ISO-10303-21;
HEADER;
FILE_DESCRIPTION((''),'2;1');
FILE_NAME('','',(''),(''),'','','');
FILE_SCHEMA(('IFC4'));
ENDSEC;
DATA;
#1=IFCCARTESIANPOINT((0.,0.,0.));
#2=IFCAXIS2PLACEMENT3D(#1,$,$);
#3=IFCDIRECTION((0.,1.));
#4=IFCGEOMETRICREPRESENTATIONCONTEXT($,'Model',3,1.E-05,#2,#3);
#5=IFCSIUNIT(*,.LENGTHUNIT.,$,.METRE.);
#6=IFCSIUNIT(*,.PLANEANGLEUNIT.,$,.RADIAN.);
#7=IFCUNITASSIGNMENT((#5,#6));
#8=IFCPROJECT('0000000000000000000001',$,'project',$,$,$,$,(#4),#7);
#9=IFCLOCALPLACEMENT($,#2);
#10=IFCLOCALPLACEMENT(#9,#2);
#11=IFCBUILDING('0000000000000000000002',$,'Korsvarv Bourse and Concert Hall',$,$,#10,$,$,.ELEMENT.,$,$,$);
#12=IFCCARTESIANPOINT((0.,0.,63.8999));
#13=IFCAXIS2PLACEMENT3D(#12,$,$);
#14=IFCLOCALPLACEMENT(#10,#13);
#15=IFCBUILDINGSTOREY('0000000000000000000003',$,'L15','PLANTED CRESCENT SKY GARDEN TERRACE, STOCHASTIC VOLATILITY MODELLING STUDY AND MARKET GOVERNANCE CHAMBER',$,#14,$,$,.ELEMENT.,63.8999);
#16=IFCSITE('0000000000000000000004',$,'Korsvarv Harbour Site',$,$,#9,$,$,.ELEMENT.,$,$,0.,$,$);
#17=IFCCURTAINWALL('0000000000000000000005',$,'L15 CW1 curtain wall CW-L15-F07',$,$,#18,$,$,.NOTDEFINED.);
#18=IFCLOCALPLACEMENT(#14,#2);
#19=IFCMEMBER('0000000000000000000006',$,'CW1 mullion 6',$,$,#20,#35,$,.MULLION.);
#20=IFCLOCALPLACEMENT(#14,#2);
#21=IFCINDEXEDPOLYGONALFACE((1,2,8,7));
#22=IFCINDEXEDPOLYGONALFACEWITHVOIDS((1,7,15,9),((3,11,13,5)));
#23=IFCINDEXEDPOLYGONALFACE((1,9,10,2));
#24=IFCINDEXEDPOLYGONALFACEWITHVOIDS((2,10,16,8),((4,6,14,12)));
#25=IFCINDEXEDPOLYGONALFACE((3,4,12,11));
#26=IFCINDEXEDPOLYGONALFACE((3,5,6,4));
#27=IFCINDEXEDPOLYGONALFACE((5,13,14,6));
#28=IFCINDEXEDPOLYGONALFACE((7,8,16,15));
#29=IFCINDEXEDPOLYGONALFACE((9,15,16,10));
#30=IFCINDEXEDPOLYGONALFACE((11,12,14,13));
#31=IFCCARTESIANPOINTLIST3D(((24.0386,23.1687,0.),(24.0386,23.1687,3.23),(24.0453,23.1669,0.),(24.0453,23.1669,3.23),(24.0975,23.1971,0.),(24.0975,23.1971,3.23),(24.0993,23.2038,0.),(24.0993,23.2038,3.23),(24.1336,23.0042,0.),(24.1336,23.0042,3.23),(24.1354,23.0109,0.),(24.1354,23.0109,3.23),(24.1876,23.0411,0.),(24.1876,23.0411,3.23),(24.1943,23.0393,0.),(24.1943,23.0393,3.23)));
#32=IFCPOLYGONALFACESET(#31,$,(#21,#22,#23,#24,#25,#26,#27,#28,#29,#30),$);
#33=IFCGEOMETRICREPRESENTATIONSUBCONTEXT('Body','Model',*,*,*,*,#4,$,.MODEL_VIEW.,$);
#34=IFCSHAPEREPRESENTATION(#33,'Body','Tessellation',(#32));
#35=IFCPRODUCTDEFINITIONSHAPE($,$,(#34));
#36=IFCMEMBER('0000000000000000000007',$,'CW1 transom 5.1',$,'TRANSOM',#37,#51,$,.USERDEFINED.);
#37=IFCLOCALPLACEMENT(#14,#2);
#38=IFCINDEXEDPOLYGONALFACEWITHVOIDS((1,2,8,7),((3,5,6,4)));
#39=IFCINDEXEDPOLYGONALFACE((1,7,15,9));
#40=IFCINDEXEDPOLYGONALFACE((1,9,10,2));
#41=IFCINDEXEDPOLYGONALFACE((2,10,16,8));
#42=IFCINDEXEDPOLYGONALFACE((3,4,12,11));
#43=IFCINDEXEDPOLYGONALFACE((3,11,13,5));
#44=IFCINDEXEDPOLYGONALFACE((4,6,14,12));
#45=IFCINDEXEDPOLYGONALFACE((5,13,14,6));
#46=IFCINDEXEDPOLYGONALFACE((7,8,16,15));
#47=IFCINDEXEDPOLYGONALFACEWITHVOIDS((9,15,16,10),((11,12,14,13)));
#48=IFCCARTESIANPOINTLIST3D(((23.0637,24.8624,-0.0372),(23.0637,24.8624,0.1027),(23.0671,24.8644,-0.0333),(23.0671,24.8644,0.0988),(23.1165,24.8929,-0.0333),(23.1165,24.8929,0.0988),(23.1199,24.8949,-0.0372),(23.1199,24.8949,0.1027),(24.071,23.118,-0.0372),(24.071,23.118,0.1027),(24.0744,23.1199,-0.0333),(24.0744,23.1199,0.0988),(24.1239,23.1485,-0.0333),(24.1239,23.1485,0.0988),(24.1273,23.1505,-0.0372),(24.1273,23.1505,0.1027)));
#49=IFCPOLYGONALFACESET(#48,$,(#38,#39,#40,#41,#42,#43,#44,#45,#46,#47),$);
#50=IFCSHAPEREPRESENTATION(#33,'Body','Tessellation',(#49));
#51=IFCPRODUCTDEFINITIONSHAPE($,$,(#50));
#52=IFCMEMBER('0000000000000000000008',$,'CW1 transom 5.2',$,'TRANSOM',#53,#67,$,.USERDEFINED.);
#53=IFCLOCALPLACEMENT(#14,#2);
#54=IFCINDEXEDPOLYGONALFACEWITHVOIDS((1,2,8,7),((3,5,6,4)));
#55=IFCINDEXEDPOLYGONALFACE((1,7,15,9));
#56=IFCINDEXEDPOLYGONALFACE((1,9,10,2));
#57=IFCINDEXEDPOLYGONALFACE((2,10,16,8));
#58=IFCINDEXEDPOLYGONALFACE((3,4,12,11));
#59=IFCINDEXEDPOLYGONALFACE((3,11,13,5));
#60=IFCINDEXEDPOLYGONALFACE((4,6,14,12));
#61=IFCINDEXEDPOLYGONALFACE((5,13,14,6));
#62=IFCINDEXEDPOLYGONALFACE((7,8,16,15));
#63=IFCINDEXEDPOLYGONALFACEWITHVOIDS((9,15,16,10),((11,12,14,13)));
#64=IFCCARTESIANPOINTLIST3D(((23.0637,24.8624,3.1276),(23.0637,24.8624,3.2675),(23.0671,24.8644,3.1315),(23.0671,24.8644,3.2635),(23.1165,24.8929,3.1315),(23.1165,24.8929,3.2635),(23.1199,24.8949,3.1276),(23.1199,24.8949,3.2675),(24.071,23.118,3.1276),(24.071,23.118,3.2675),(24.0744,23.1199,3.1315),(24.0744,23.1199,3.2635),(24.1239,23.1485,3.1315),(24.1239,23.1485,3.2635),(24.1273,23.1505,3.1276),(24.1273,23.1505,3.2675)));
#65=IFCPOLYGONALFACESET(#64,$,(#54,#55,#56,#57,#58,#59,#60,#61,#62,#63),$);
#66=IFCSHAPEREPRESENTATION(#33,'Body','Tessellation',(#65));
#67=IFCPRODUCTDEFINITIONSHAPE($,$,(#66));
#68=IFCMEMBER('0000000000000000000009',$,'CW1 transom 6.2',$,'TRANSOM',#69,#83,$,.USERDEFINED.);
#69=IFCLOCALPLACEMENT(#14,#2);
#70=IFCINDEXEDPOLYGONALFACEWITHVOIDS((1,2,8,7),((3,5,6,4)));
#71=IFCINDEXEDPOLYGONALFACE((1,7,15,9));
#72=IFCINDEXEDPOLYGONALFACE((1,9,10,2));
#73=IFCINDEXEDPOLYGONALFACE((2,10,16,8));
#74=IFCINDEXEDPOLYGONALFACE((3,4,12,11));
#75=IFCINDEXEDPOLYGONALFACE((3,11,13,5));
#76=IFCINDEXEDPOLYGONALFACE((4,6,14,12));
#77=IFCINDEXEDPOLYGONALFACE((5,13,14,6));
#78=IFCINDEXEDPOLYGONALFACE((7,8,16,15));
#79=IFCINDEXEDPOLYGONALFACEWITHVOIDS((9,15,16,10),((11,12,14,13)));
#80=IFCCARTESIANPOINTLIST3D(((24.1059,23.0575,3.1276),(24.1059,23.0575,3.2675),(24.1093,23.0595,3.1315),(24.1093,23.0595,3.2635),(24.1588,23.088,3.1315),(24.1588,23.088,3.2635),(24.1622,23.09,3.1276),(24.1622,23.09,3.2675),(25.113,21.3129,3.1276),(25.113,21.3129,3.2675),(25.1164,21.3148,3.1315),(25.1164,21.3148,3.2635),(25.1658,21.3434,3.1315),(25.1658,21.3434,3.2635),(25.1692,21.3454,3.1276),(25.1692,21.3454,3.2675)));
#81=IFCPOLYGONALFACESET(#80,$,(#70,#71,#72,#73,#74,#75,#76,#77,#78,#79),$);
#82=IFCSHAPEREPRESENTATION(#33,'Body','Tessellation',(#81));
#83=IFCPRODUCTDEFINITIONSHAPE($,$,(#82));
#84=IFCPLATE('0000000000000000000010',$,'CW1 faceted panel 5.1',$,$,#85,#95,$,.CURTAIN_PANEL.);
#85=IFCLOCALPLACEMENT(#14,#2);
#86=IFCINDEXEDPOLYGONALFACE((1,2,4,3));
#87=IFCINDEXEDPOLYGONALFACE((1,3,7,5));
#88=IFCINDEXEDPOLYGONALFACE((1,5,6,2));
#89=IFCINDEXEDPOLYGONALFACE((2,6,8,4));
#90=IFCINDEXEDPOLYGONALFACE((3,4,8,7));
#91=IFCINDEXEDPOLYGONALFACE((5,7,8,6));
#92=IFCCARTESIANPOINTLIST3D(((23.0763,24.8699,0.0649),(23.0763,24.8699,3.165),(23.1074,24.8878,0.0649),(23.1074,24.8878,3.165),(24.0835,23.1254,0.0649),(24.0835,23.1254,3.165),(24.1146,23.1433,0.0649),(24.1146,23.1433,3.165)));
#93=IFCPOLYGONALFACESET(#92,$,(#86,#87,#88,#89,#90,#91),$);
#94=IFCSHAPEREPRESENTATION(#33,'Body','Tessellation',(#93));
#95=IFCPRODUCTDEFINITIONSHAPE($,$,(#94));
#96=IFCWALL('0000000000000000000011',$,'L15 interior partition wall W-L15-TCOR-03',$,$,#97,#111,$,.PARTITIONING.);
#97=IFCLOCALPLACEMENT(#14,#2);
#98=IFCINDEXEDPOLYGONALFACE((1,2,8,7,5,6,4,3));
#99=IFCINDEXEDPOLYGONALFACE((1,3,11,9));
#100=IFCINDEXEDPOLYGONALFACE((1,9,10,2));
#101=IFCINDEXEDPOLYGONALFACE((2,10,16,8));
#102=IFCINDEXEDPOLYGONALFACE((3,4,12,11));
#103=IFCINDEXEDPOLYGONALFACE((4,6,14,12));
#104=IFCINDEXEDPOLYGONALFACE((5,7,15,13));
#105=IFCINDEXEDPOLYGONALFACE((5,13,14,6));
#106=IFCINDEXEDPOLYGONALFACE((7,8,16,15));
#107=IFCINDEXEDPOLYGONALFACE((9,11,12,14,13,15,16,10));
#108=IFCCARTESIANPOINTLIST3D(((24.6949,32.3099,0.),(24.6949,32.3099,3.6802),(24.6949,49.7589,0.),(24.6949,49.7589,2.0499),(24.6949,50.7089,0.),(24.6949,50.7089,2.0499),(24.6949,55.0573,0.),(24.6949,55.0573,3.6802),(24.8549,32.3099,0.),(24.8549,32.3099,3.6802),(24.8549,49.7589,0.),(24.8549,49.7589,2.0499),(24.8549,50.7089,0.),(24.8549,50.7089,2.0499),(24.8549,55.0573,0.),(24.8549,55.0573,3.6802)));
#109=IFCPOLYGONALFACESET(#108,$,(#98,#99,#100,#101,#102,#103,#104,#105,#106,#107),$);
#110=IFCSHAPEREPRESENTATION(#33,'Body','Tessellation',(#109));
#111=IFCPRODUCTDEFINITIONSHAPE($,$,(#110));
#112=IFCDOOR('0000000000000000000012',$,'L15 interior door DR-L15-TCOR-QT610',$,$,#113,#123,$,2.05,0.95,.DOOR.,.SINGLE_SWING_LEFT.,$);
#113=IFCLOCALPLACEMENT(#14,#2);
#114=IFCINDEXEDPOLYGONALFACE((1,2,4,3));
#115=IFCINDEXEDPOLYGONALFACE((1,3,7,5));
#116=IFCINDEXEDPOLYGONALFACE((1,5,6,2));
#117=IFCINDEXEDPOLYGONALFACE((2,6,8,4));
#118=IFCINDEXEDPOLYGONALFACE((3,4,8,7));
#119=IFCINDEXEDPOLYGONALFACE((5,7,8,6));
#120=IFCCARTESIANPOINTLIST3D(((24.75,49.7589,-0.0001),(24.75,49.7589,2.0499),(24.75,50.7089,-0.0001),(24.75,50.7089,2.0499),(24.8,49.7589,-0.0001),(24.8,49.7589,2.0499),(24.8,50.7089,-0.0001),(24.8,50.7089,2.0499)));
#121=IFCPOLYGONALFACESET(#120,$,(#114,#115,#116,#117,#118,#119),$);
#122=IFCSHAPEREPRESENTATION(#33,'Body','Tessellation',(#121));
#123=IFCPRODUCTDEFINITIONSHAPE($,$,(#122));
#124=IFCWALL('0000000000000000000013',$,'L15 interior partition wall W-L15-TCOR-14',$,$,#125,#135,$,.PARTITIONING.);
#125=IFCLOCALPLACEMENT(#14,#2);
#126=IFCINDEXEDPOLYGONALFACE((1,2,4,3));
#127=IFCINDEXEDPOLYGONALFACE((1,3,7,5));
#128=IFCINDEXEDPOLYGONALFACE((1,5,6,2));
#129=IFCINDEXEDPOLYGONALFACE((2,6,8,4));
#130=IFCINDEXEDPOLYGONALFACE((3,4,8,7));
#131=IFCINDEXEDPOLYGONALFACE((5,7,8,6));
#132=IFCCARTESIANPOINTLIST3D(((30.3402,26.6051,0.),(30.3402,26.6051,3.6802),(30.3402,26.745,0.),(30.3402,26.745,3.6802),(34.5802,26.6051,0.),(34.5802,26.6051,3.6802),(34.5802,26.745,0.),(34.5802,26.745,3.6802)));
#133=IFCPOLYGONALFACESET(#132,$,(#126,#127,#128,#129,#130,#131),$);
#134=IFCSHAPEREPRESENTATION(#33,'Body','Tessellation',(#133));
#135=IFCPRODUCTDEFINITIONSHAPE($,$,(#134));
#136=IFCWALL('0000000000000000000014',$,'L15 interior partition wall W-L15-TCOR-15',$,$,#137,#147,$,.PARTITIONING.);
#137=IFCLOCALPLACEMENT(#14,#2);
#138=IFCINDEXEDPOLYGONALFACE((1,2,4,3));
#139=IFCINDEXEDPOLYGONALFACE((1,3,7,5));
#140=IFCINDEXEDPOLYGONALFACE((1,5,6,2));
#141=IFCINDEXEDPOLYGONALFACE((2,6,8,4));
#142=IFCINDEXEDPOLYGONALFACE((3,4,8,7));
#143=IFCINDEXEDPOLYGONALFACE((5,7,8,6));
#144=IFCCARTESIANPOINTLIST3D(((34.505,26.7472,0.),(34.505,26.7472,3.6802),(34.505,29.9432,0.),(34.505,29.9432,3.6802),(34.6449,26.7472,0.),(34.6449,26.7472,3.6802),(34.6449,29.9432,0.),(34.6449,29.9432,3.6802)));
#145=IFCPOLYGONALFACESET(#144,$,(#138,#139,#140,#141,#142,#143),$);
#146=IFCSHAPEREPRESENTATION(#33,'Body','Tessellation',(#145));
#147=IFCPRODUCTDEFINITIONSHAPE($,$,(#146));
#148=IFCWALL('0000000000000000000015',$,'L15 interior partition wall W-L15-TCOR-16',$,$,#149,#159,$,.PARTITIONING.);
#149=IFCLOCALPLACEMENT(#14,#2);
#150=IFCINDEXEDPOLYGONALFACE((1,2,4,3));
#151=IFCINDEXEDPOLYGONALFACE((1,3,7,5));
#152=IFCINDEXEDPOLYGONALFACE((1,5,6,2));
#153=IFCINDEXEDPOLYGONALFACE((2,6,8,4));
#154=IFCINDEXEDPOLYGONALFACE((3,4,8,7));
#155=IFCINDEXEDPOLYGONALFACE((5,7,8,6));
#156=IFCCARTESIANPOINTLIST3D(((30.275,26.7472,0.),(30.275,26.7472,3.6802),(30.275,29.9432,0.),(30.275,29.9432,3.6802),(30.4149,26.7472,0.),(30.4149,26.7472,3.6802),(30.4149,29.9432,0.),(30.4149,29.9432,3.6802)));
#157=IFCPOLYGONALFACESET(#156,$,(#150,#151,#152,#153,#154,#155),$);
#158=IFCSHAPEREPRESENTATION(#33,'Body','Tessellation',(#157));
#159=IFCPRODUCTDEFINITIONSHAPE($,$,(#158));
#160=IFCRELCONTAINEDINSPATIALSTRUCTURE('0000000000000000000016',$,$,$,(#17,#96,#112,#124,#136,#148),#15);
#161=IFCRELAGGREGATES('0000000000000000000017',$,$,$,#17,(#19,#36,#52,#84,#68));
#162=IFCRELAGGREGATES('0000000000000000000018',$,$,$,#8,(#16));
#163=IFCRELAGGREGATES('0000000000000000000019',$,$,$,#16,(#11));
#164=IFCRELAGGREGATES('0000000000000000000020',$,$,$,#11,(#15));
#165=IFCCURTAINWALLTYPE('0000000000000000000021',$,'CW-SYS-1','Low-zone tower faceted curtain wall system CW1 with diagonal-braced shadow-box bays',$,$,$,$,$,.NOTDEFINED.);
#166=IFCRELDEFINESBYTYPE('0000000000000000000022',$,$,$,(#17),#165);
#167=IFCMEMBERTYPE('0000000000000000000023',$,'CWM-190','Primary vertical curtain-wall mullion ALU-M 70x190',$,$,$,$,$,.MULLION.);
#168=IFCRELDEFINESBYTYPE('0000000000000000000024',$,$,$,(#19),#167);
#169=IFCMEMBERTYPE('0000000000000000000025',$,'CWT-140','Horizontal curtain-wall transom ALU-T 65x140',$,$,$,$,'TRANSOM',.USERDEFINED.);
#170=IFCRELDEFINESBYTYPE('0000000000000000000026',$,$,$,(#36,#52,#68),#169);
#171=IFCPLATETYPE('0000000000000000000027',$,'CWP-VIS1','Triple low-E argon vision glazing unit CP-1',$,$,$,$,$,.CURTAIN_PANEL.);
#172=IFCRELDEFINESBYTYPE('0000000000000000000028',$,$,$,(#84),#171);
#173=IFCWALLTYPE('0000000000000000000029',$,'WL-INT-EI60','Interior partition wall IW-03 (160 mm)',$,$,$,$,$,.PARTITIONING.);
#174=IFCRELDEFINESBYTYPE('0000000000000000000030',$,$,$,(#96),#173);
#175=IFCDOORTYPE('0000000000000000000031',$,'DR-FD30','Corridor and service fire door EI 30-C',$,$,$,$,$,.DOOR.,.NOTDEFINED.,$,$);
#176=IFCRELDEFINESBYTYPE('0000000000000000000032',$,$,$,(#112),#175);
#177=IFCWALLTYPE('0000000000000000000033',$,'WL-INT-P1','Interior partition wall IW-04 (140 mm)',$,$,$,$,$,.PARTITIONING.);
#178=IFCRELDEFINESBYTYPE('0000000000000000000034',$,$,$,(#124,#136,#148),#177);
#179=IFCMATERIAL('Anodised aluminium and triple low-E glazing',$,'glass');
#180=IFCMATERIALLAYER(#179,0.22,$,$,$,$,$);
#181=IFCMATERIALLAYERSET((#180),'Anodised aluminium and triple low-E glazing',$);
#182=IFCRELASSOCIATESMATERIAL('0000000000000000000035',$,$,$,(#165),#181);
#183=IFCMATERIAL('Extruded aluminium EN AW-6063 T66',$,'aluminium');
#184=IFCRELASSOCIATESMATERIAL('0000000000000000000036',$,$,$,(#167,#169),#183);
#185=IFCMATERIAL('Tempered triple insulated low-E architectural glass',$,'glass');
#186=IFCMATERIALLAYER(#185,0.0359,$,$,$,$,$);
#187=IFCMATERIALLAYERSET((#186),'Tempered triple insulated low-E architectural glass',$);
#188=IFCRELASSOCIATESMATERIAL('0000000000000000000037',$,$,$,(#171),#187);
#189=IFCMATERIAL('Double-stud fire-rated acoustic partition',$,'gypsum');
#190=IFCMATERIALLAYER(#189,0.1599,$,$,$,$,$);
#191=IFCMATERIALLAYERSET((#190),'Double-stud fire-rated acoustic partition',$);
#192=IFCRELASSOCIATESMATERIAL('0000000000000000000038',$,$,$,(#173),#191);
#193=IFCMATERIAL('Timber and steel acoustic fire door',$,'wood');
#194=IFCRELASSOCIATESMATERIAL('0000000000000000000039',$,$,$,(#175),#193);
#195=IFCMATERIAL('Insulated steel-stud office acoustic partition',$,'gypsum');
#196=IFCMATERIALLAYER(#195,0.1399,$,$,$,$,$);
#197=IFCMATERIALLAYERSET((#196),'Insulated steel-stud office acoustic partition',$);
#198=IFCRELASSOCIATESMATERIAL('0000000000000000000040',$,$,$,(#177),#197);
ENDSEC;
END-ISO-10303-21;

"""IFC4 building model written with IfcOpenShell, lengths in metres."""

from ifc_helpers import new_model, si_unit, direction, frame, frame_2d, origin, origin_2d, place, context, subcontext, project, spatial, rectangle, hollow_rectangle, extrude, source, transform, mapped, material, layer, layer_set, material_profile, profile_set, type_object, element, fill, aggregate, save


model = new_model("IFC4")

# Units and contexts
model_context = context("Model", 3, precision=1e-05, world=origin(), true_north=direction((0.0, 1.0)))
body_context = subcontext(model_context, "Body", "Model", "MODEL_VIEW")
ifc_project = project(units=[si_unit("LENGTHUNIT", "METRE"), si_unit("PLANEANGLEUNIT", "RADIAN")], contexts=[model_context])

# Site, building, storey
site_placement = place(None, origin())
site = spatial("IfcSite", under=ifc_project, at=site_placement, Name="Korsvarv Harbour Site", CompositionType="ELEMENT", RefElevation=0.0)
building_placement = place(site_placement, origin())
building = spatial("IfcBuilding", under=site, at=building_placement, Name="Korsvarv Bourse and Concert Hall", CompositionType="ELEMENT")
storey_placement = place(building_placement, frame((0.0, 0.0, 63.8999)))
storey = spatial("IfcBuildingStorey", under=building, at=storey_placement, Name="L15", Description="PLANTED CRESCENT SKY GARDEN TERRACE, STOCHASTIC VOLATILITY MODELLING STUDY AND MARKET GOVERNANCE CHAMBER", CompositionType="ELEMENT", Elevation=63.8999)

# Curtain wall, members, plate
ifc_material_1 = material(Name="Anodised aluminium and triple low-E glazing", Category="glass")
ifc_layer_1 = layer(ifc_material_1, 0.22)
ifc_layer_set_1 = layer_set([ifc_layer_1], Name="Anodised aluminium and triple low-E glazing")
curtain_wall_type = type_object("IfcCurtainWallType", Name="CW-SYS-1", Description="Low-zone tower faceted curtain wall system CW1 with diagonal-braced shadow-box bays", PredefinedType="NOTDEFINED", material=ifc_layer_set_1)
curtain_wall_placement = place(storey_placement, origin())
curtain_wall = element("IfcCurtainWall", 1, at=curtain_wall_placement, inside=storey, type_object=curtain_wall_type, Name="L15 CW1 curtain wall CW-L15-F07", PredefinedType="NOTDEFINED")
ifc_material_2 = material(Name="Extruded aluminium EN AW-6063 T66", Category="aluminium")
ifc_material_profile_1 = material_profile(ifc_material_2, hollow_rectangle(XDim=0.0701, YDim=0.1899, WallThickness=0.0049, at=origin_2d()), Name="ALU-M 70x190")
ifc_profile_set_1 = profile_set([ifc_material_profile_1], Name="Extruded aluminium EN AW-6063 T66")
member_type_1 = type_object("IfcMemberType", Name="CWM-190", Description="Primary vertical curtain-wall mullion ALU-M 70x190", PredefinedType="MULLION", material=ifc_profile_set_1)
shared_shape_1 = source(origin(), body_context, "Body", "SweptSolid", [
    extrude(hollow_rectangle(XDim=0.0701, YDim=0.1899, WallThickness=0.0049, at=origin_2d()), origin(), (0.0, 0.0, 1.0), 3.23),
])
member_1_placement = place(storey_placement, frame((24.1165, 23.104, 0.0), z_axis=(0.0, 0.0, 1.0), x_axis=(0.866022, 0.500006, 0.0)))
member_1 = element("IfcMember", 2, at=member_1_placement, type_object=member_type_1, Name="CW1 mullion 6", PredefinedType="MULLION", context=body_context, shape_type="MappedRepresentation", body=[
    mapped(shared_shape_1, transform((0.0, 0.0, 0.0), scale=1.0)),
])
ifc_material_profile_2 = material_profile(ifc_material_2, hollow_rectangle(XDim=0.0649, YDim=0.1399, WallThickness=0.0039, at=origin_2d()), Name="ALU-T 65x140")
ifc_profile_set_2 = profile_set([ifc_material_profile_2], Name="Extruded aluminium EN AW-6063 T66")
member_type_2 = type_object("IfcMemberType", Name="CWT-140", Description="Horizontal curtain-wall transom ALU-T 65x140", ElementType="TRANSOM", PredefinedType="USERDEFINED", material=ifc_profile_set_2)
shared_shape_2 = source(origin(), body_context, "Body", "SweptSolid", [
    extrude(hollow_rectangle(XDim=0.0649, YDim=0.1399, WallThickness=0.0039, at=origin_2d()), origin(), (0.0, 0.0, 1.0), 2.0144),
])
member_2_placement = place(storey_placement, frame((23.0918, 24.8787, 0.0327), z_axis=(0.500076, -0.865982, 0.0), x_axis=(0.865982, 0.500076, 0.0)))
member_2 = element("IfcMember", 3, at=member_2_placement, type_object=member_type_2, Name="CW1 transom 5.1", ObjectType="TRANSOM", PredefinedType="USERDEFINED", context=body_context, shape_type="MappedRepresentation", body=[
    mapped(shared_shape_2, transform((0.0, 0.0, 0.0), scale=1.0)),
])
member_3_placement = place(storey_placement, frame((23.0918, 24.8787, 3.1975), z_axis=(0.500076, -0.865982, 0.0), x_axis=(0.865982, 0.500076, 0.0)))
member_3 = element("IfcMember", 4, at=member_3_placement, type_object=member_type_2, Name="CW1 transom 5.2", ObjectType="TRANSOM", PredefinedType="USERDEFINED", context=body_context, shape_type="MappedRepresentation", body=[
    mapped(shared_shape_2, transform((0.0, 0.0, 0.0), scale=1.0)),
])
member_4_placement = place(storey_placement, frame((24.134, 23.0737, 3.1975), z_axis=(0.499932, -0.866064, 0.0), x_axis=(0.866064, 0.499932, 0.0)))
member_4 = element("IfcMember", 5, at=member_4_placement, type_object=member_type_2, Name="CW1 transom 6.2", ObjectType="TRANSOM", PredefinedType="USERDEFINED", context=body_context, shape_type="MappedRepresentation", body=[
    mapped(shared_shape_2, transform((0.0, 0.0, 0.0), scale=1.0)),
])
ifc_material_3 = material(Name="Tempered triple insulated low-E architectural glass", Category="glass")
ifc_layer_2 = layer(ifc_material_3, 0.0359)
ifc_layer_set_2 = layer_set([ifc_layer_2], Name="Tempered triple insulated low-E architectural glass")
plate_type = type_object("IfcPlateType", Name="CWP-VIS1", Description="Triple low-E argon vision glazing unit CP-1", PredefinedType="CURTAIN_PANEL", material=ifc_layer_set_2)
shared_shape_3 = source(origin(), body_context, "Body", "SweptSolid", [
    extrude(rectangle(XDim=2.0144, YDim=0.0359, at=origin_2d()), origin(), (0.0, 0.0, 1.0), 3.1001),
])
plate_placement = place(storey_placement, frame((23.5955, 24.0066, 0.0649), z_axis=(0.0, 0.0, 1.0), x_axis=(0.500006, -0.866022, 0.0)))
plate = element("IfcPlate", 6, at=plate_placement, type_object=plate_type, Name="CW1 faceted panel 5.1", PredefinedType="CURTAIN_PANEL", context=body_context, shape_type="MappedRepresentation", body=[
    mapped(shared_shape_3, transform((0.0, 0.0, 0.0), scale=1.0)),
])
aggregate(curtain_wall, [member_1, member_2, member_3, plate, member_4])

# Wall, opening, door
ifc_material_4 = material(Name="Double-stud fire-rated acoustic partition", Category="gypsum")
ifc_layer_3 = layer(ifc_material_4, 0.1599)
ifc_layer_set_3 = layer_set([ifc_layer_3], Name="Double-stud fire-rated acoustic partition")
wall_type_1 = type_object("IfcWallType", Name="WL-INT-EI60", Description="Interior partition wall IW-03 (160 mm)", PredefinedType="PARTITIONING", material=ifc_layer_set_3)
wall_1_placement = place(storey_placement, frame((24.7749, 32.3101, 0.0), z_axis=(0.0, 0.0, 1.0), x_axis=(0.0, 1.0, 0.0)))
wall_1 = element("IfcWall", 7, at=wall_1_placement, inside=storey, type_object=wall_type_1, Name="L15 interior partition wall W-L15-TCOR-03", PredefinedType="PARTITIONING", context=body_context, shape_type="SweptSolid", body=[
    extrude(rectangle(XDim=22.7473, YDim=0.1599, at=frame_2d((11.3735, 0.0))), origin(), (0.0, 0.0, 1.0), 3.6802),
])
opening_placement = place(wall_1_placement, frame((17.4487, 0.0, 0.0)))
opening = element("IfcOpeningElement", 8, at=opening_placement, cuts=wall_1, PredefinedType="OPENING", context=body_context, shape_type="SweptSolid", body=[
    extrude(rectangle(XDim=0.95, YDim=2.05, at=frame_2d((0.4751, 1.0249))), frame((0.0, 0.0898, 0.0), z_axis=(0.0, -1.0, 0.0), x_axis=(1.0, 0.0, 0.0)), (0.0, 0.0, 1.0), 0.1799),
])
ifc_material_5 = material(Name="Timber and steel acoustic fire door", Category="wood")
door_type = type_object("IfcDoorType", Name="DR-FD30", Description="Corridor and service fire door EI 30-C", OperationType="NOTDEFINED", PredefinedType="DOOR", material=ifc_material_5)
door_placement = place(opening_placement, origin())
door = element("IfcDoor", 9, at=door_placement, inside=storey, type_object=door_type, Name="L15 interior door DR-L15-TCOR-QT610", OperationType="SINGLE_SWING_LEFT", OverallHeight=2.05, OverallWidth=0.95, PredefinedType="DOOR", context=body_context, shape_type="SweptSolid", body=[
    extrude(rectangle(XDim=0.95, YDim=2.05, at=frame_2d((0.4751, 1.0249))), frame((0.0, 0.0249, 0.0), z_axis=(0.0, -1.0, 0.0), x_axis=(1.0, 0.0, 0.0)), (0.0, 0.0, 1.0), 0.05),
])
fill(opening, door)

# Walls
ifc_material_6 = material(Name="Insulated steel-stud office acoustic partition", Category="gypsum")
ifc_layer_4 = layer(ifc_material_6, 0.1399)
ifc_layer_set_4 = layer_set([ifc_layer_4], Name="Insulated steel-stud office acoustic partition")
wall_type_2 = type_object("IfcWallType", Name="WL-INT-P1", Description="Interior partition wall IW-04 (140 mm)", PredefinedType="PARTITIONING", material=ifc_layer_set_4)
wall_2_placement = place(storey_placement, frame((30.3401, 26.675, 0.0), z_axis=(0.0, 0.0, 1.0), x_axis=(1.0, 0.0, 0.0)))
element("IfcWall", 10, at=wall_2_placement, inside=storey, type_object=wall_type_2, Name="L15 interior partition wall W-L15-TCOR-14", PredefinedType="PARTITIONING", context=body_context, shape_type="SweptSolid", body=[
    extrude(rectangle(XDim=4.24, YDim=0.1399, at=frame_2d((2.1201, 0.0))), origin(), (0.0, 0.0, 1.0), 3.6802),
])
for number, where, z_axis, x_axis, name in (
    (11, (34.575, 26.7471, 0.0), (0.0, 0.0, 1.0), (0.0, 1.0, 0.0), "L15 interior partition wall W-L15-TCOR-15"),
    (12, (30.345, 26.7471, 0.0), (0.0, 0.0, 1.0), (0.0, 1.0, 0.0), "L15 interior partition wall W-L15-TCOR-16"),
):
    element("IfcWall", number, at=place(storey_placement, frame(where, z_axis=z_axis, x_axis=x_axis)), inside=storey, type_object=wall_type_2, Name=name, PredefinedType="PARTITIONING", context=body_context, shape_type="SweptSolid", body=[
        extrude(rectangle(XDim=3.196, YDim=0.1399, at=frame_2d((1.5981, 0.0))), origin(), (0.0, 0.0, 1.0), 3.6802),
    ])

save(model, "model.ifc")
